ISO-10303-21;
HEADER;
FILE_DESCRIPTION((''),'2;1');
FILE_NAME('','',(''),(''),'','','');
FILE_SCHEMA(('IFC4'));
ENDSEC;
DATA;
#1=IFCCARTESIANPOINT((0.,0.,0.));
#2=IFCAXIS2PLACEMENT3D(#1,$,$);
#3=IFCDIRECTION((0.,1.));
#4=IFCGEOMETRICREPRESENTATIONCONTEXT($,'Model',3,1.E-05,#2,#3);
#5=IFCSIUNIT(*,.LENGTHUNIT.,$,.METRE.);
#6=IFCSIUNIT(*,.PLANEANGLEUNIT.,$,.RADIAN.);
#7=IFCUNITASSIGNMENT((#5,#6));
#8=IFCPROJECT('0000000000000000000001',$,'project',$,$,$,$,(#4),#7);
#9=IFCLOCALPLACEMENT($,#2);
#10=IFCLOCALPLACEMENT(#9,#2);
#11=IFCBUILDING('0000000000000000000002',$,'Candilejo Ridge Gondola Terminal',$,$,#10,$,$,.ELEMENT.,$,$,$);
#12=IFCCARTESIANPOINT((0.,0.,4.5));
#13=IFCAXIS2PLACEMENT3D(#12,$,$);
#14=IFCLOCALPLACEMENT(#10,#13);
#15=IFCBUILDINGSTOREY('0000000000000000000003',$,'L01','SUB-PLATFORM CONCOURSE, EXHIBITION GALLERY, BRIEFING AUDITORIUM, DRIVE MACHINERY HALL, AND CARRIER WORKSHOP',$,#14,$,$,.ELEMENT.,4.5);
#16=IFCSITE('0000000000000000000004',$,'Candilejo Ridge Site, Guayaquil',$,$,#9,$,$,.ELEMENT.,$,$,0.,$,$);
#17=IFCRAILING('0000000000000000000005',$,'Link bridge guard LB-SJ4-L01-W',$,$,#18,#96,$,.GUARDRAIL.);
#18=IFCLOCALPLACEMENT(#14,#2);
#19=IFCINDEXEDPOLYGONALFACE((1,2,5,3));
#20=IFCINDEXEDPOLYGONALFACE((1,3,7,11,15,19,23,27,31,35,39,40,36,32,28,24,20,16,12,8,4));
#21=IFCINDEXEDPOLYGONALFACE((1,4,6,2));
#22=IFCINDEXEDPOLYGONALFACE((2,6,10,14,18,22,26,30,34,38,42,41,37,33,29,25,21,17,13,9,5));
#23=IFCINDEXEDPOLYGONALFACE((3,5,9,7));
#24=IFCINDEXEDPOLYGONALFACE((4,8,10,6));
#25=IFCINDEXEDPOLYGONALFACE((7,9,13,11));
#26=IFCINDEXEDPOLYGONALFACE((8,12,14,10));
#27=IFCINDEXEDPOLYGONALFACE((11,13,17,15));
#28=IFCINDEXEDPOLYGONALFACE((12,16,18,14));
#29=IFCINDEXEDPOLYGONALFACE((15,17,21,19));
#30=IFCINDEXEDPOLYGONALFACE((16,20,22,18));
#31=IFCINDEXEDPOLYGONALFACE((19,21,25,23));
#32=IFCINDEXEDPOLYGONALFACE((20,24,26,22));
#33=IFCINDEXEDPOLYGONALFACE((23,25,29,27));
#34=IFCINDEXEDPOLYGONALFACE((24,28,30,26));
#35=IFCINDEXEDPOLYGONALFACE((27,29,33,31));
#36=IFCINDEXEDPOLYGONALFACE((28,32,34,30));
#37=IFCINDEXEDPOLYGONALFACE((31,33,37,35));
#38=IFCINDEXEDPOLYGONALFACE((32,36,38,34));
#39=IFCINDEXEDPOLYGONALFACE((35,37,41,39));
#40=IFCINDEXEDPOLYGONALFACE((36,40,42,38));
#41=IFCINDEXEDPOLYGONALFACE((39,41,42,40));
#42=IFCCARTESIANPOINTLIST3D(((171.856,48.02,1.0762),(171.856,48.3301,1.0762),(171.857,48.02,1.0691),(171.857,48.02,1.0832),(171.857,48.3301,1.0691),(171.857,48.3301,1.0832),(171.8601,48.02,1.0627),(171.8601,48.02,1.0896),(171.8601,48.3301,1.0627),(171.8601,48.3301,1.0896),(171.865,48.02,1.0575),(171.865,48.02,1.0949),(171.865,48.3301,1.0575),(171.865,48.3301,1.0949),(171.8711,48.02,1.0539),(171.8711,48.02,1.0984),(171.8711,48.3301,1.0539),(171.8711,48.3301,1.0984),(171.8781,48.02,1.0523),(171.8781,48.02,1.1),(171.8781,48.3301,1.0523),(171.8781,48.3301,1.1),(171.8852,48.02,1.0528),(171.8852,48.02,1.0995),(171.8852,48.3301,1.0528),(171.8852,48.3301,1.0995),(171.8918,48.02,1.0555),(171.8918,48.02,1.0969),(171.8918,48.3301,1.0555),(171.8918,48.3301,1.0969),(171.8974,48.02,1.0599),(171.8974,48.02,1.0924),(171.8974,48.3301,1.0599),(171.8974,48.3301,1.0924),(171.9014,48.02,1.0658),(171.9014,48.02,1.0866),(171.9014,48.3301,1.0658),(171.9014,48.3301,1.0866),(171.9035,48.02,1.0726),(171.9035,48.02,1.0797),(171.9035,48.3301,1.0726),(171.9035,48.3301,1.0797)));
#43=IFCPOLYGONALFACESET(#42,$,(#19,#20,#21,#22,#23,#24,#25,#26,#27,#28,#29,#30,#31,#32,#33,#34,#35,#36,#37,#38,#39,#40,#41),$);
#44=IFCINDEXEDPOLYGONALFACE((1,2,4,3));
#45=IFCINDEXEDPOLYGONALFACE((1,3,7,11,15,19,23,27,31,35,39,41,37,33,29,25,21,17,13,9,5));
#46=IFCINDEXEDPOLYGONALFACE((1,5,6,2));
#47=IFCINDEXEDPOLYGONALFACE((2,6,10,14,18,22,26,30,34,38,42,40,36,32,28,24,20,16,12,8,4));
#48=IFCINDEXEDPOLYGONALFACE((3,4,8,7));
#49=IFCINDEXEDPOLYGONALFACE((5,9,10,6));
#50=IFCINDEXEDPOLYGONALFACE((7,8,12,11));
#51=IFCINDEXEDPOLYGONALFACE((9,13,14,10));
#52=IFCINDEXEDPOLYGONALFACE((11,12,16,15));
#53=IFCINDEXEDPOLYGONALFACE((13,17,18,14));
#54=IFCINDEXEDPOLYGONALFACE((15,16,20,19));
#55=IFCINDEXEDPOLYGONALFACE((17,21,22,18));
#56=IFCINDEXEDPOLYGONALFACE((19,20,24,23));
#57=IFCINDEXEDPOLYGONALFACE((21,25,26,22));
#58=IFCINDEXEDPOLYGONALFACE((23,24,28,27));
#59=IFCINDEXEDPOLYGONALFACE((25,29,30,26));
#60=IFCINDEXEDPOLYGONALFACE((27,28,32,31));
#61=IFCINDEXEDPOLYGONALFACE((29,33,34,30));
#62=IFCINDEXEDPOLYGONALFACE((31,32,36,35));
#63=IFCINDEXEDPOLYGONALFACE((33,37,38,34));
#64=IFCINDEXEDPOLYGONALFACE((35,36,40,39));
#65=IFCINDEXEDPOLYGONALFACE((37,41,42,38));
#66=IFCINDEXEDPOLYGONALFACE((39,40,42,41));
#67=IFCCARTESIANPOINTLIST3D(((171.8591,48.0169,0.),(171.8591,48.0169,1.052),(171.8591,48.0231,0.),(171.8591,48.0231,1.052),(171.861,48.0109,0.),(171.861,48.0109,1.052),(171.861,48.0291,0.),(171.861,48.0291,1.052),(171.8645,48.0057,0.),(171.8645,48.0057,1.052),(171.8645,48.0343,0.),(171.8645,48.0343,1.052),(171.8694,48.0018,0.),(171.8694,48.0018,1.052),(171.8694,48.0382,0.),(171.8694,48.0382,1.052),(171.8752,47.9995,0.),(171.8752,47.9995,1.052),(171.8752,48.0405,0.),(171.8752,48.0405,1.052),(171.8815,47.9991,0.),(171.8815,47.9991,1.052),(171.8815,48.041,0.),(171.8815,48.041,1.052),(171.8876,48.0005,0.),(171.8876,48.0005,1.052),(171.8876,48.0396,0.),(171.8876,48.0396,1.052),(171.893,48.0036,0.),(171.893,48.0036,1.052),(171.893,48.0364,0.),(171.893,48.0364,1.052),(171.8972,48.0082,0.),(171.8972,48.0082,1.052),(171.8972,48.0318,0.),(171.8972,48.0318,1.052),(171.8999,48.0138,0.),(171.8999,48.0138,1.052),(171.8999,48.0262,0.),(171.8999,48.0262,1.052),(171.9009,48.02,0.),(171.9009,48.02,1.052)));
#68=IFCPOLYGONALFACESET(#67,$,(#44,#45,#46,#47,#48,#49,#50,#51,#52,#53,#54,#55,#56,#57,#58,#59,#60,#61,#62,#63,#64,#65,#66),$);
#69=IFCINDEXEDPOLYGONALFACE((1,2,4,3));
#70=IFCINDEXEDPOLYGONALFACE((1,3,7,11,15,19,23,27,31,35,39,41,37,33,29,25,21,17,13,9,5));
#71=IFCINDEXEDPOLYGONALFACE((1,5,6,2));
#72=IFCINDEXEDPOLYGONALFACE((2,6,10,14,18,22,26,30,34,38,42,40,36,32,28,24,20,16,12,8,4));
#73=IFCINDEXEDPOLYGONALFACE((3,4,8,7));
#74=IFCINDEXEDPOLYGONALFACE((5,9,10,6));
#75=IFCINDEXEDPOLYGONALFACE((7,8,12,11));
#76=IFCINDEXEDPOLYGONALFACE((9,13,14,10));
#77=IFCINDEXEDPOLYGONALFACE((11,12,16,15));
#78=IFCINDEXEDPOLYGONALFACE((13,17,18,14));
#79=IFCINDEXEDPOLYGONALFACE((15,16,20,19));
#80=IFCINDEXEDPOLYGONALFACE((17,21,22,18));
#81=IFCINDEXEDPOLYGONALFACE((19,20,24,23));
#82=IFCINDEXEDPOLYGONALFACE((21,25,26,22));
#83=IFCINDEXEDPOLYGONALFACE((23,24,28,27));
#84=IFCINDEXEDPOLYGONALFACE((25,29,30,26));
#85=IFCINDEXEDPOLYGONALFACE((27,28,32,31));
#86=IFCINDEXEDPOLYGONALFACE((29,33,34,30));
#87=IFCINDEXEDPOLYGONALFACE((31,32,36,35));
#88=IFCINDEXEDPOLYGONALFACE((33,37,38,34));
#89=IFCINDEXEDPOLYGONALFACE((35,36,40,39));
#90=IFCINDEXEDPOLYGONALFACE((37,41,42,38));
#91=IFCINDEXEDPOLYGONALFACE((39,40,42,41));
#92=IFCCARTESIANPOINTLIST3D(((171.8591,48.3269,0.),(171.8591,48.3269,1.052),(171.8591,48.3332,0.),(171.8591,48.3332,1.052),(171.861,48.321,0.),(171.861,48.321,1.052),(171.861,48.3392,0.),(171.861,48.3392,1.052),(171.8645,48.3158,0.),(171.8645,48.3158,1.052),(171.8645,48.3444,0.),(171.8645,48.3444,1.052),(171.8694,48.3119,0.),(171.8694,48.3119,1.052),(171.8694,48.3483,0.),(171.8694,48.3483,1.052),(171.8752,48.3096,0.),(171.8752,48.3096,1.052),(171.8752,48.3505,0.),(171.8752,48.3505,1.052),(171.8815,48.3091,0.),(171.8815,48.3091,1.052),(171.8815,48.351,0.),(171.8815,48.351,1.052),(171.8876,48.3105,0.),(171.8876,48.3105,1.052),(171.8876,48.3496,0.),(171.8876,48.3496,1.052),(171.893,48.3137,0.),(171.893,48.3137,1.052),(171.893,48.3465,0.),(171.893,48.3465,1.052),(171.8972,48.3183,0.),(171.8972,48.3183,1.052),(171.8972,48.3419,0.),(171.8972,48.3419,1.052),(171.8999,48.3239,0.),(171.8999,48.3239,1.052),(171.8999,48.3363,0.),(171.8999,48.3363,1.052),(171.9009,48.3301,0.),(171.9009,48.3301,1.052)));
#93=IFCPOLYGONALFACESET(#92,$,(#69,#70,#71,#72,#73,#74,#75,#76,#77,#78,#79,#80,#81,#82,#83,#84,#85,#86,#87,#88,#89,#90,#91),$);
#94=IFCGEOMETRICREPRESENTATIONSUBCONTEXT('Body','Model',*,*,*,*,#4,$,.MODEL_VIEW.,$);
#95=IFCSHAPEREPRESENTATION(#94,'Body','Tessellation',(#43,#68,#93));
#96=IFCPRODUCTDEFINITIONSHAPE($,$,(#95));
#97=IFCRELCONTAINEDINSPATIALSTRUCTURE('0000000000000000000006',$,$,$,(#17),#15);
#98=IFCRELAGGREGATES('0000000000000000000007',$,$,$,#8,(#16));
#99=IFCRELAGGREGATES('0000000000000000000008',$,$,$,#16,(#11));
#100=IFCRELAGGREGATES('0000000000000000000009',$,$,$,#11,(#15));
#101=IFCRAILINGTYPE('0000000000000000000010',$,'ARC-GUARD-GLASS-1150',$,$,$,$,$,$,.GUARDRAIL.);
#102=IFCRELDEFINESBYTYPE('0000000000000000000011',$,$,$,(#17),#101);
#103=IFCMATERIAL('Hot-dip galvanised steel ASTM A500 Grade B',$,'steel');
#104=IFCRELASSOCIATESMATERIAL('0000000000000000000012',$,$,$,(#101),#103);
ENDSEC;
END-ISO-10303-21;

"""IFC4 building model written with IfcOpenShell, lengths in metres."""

from ifc_helpers import new_model, si_unit, direction, frame, origin, origin_2d, place, context, subcontext, project, spatial, circle, extrude, material, type_object, element, save


model = new_model("IFC4")

# Units and contexts
model_context = context("Model", 3, precision=1e-05, world=origin(), true_north=direction((0.0, 1.0)))
body_context = subcontext(model_context, "Body", "Model", "MODEL_VIEW")
ifc_project = project(units=[si_unit("LENGTHUNIT", "METRE"), si_unit("PLANEANGLEUNIT", "RADIAN")], contexts=[model_context])

# Site, building, storey
site_placement = place(None, origin())
site = spatial("IfcSite", under=ifc_project, at=site_placement, Name="Candilejo Ridge Site, Guayaquil", CompositionType="ELEMENT", RefElevation=0.0)
building_placement = place(site_placement, origin())
building = spatial("IfcBuilding", under=site, at=building_placement, Name="Candilejo Ridge Gondola Terminal", CompositionType="ELEMENT")
storey_placement = place(building_placement, frame((0.0, 0.0, 4.5)))
storey = spatial("IfcBuildingStorey", under=building, at=storey_placement, Name="L01", Description="SUB-PLATFORM CONCOURSE, EXHIBITION GALLERY, BRIEFING AUDITORIUM, DRIVE MACHINERY HALL, AND CARRIER WORKSHOP", CompositionType="ELEMENT", Elevation=4.5)

# Railing
ifc_material_1 = material(Name="Hot-dip galvanised steel ASTM A500 Grade B", Category="steel")
railing_type = type_object("IfcRailingType", Name="ARC-GUARD-GLASS-1150", PredefinedType="GUARDRAIL", material=ifc_material_1)
railing_placement = place(storey_placement, frame((171.8799, 48.02, 0.0)))
element("IfcRailing", 1, at=railing_placement, inside=storey, type_object=railing_type, Name="Link bridge guard LB-SJ4-L01-W", PredefinedType="GUARDRAIL", context=body_context, shape_type="SweptSolid", body=[
    extrude(circle(Radius=0.0239, at=origin_2d()), frame((0.0, 0.0, 1.0762), z_axis=(0.0, 1.0, 0.0), x_axis=(-1.0, 0.0, 0.0)), (0.0, 0.0, 1.0), 0.3101),
    extrude(circle(Radius=0.021, at=origin_2d()), origin(), (0.0, 0.0, 1.0), 1.052),
    extrude(circle(Radius=0.021, at=origin_2d()), frame((0.0, 0.3101, 0.0)), (0.0, 0.0, 1.0), 1.052),
])

save(model, "model.ifc")
